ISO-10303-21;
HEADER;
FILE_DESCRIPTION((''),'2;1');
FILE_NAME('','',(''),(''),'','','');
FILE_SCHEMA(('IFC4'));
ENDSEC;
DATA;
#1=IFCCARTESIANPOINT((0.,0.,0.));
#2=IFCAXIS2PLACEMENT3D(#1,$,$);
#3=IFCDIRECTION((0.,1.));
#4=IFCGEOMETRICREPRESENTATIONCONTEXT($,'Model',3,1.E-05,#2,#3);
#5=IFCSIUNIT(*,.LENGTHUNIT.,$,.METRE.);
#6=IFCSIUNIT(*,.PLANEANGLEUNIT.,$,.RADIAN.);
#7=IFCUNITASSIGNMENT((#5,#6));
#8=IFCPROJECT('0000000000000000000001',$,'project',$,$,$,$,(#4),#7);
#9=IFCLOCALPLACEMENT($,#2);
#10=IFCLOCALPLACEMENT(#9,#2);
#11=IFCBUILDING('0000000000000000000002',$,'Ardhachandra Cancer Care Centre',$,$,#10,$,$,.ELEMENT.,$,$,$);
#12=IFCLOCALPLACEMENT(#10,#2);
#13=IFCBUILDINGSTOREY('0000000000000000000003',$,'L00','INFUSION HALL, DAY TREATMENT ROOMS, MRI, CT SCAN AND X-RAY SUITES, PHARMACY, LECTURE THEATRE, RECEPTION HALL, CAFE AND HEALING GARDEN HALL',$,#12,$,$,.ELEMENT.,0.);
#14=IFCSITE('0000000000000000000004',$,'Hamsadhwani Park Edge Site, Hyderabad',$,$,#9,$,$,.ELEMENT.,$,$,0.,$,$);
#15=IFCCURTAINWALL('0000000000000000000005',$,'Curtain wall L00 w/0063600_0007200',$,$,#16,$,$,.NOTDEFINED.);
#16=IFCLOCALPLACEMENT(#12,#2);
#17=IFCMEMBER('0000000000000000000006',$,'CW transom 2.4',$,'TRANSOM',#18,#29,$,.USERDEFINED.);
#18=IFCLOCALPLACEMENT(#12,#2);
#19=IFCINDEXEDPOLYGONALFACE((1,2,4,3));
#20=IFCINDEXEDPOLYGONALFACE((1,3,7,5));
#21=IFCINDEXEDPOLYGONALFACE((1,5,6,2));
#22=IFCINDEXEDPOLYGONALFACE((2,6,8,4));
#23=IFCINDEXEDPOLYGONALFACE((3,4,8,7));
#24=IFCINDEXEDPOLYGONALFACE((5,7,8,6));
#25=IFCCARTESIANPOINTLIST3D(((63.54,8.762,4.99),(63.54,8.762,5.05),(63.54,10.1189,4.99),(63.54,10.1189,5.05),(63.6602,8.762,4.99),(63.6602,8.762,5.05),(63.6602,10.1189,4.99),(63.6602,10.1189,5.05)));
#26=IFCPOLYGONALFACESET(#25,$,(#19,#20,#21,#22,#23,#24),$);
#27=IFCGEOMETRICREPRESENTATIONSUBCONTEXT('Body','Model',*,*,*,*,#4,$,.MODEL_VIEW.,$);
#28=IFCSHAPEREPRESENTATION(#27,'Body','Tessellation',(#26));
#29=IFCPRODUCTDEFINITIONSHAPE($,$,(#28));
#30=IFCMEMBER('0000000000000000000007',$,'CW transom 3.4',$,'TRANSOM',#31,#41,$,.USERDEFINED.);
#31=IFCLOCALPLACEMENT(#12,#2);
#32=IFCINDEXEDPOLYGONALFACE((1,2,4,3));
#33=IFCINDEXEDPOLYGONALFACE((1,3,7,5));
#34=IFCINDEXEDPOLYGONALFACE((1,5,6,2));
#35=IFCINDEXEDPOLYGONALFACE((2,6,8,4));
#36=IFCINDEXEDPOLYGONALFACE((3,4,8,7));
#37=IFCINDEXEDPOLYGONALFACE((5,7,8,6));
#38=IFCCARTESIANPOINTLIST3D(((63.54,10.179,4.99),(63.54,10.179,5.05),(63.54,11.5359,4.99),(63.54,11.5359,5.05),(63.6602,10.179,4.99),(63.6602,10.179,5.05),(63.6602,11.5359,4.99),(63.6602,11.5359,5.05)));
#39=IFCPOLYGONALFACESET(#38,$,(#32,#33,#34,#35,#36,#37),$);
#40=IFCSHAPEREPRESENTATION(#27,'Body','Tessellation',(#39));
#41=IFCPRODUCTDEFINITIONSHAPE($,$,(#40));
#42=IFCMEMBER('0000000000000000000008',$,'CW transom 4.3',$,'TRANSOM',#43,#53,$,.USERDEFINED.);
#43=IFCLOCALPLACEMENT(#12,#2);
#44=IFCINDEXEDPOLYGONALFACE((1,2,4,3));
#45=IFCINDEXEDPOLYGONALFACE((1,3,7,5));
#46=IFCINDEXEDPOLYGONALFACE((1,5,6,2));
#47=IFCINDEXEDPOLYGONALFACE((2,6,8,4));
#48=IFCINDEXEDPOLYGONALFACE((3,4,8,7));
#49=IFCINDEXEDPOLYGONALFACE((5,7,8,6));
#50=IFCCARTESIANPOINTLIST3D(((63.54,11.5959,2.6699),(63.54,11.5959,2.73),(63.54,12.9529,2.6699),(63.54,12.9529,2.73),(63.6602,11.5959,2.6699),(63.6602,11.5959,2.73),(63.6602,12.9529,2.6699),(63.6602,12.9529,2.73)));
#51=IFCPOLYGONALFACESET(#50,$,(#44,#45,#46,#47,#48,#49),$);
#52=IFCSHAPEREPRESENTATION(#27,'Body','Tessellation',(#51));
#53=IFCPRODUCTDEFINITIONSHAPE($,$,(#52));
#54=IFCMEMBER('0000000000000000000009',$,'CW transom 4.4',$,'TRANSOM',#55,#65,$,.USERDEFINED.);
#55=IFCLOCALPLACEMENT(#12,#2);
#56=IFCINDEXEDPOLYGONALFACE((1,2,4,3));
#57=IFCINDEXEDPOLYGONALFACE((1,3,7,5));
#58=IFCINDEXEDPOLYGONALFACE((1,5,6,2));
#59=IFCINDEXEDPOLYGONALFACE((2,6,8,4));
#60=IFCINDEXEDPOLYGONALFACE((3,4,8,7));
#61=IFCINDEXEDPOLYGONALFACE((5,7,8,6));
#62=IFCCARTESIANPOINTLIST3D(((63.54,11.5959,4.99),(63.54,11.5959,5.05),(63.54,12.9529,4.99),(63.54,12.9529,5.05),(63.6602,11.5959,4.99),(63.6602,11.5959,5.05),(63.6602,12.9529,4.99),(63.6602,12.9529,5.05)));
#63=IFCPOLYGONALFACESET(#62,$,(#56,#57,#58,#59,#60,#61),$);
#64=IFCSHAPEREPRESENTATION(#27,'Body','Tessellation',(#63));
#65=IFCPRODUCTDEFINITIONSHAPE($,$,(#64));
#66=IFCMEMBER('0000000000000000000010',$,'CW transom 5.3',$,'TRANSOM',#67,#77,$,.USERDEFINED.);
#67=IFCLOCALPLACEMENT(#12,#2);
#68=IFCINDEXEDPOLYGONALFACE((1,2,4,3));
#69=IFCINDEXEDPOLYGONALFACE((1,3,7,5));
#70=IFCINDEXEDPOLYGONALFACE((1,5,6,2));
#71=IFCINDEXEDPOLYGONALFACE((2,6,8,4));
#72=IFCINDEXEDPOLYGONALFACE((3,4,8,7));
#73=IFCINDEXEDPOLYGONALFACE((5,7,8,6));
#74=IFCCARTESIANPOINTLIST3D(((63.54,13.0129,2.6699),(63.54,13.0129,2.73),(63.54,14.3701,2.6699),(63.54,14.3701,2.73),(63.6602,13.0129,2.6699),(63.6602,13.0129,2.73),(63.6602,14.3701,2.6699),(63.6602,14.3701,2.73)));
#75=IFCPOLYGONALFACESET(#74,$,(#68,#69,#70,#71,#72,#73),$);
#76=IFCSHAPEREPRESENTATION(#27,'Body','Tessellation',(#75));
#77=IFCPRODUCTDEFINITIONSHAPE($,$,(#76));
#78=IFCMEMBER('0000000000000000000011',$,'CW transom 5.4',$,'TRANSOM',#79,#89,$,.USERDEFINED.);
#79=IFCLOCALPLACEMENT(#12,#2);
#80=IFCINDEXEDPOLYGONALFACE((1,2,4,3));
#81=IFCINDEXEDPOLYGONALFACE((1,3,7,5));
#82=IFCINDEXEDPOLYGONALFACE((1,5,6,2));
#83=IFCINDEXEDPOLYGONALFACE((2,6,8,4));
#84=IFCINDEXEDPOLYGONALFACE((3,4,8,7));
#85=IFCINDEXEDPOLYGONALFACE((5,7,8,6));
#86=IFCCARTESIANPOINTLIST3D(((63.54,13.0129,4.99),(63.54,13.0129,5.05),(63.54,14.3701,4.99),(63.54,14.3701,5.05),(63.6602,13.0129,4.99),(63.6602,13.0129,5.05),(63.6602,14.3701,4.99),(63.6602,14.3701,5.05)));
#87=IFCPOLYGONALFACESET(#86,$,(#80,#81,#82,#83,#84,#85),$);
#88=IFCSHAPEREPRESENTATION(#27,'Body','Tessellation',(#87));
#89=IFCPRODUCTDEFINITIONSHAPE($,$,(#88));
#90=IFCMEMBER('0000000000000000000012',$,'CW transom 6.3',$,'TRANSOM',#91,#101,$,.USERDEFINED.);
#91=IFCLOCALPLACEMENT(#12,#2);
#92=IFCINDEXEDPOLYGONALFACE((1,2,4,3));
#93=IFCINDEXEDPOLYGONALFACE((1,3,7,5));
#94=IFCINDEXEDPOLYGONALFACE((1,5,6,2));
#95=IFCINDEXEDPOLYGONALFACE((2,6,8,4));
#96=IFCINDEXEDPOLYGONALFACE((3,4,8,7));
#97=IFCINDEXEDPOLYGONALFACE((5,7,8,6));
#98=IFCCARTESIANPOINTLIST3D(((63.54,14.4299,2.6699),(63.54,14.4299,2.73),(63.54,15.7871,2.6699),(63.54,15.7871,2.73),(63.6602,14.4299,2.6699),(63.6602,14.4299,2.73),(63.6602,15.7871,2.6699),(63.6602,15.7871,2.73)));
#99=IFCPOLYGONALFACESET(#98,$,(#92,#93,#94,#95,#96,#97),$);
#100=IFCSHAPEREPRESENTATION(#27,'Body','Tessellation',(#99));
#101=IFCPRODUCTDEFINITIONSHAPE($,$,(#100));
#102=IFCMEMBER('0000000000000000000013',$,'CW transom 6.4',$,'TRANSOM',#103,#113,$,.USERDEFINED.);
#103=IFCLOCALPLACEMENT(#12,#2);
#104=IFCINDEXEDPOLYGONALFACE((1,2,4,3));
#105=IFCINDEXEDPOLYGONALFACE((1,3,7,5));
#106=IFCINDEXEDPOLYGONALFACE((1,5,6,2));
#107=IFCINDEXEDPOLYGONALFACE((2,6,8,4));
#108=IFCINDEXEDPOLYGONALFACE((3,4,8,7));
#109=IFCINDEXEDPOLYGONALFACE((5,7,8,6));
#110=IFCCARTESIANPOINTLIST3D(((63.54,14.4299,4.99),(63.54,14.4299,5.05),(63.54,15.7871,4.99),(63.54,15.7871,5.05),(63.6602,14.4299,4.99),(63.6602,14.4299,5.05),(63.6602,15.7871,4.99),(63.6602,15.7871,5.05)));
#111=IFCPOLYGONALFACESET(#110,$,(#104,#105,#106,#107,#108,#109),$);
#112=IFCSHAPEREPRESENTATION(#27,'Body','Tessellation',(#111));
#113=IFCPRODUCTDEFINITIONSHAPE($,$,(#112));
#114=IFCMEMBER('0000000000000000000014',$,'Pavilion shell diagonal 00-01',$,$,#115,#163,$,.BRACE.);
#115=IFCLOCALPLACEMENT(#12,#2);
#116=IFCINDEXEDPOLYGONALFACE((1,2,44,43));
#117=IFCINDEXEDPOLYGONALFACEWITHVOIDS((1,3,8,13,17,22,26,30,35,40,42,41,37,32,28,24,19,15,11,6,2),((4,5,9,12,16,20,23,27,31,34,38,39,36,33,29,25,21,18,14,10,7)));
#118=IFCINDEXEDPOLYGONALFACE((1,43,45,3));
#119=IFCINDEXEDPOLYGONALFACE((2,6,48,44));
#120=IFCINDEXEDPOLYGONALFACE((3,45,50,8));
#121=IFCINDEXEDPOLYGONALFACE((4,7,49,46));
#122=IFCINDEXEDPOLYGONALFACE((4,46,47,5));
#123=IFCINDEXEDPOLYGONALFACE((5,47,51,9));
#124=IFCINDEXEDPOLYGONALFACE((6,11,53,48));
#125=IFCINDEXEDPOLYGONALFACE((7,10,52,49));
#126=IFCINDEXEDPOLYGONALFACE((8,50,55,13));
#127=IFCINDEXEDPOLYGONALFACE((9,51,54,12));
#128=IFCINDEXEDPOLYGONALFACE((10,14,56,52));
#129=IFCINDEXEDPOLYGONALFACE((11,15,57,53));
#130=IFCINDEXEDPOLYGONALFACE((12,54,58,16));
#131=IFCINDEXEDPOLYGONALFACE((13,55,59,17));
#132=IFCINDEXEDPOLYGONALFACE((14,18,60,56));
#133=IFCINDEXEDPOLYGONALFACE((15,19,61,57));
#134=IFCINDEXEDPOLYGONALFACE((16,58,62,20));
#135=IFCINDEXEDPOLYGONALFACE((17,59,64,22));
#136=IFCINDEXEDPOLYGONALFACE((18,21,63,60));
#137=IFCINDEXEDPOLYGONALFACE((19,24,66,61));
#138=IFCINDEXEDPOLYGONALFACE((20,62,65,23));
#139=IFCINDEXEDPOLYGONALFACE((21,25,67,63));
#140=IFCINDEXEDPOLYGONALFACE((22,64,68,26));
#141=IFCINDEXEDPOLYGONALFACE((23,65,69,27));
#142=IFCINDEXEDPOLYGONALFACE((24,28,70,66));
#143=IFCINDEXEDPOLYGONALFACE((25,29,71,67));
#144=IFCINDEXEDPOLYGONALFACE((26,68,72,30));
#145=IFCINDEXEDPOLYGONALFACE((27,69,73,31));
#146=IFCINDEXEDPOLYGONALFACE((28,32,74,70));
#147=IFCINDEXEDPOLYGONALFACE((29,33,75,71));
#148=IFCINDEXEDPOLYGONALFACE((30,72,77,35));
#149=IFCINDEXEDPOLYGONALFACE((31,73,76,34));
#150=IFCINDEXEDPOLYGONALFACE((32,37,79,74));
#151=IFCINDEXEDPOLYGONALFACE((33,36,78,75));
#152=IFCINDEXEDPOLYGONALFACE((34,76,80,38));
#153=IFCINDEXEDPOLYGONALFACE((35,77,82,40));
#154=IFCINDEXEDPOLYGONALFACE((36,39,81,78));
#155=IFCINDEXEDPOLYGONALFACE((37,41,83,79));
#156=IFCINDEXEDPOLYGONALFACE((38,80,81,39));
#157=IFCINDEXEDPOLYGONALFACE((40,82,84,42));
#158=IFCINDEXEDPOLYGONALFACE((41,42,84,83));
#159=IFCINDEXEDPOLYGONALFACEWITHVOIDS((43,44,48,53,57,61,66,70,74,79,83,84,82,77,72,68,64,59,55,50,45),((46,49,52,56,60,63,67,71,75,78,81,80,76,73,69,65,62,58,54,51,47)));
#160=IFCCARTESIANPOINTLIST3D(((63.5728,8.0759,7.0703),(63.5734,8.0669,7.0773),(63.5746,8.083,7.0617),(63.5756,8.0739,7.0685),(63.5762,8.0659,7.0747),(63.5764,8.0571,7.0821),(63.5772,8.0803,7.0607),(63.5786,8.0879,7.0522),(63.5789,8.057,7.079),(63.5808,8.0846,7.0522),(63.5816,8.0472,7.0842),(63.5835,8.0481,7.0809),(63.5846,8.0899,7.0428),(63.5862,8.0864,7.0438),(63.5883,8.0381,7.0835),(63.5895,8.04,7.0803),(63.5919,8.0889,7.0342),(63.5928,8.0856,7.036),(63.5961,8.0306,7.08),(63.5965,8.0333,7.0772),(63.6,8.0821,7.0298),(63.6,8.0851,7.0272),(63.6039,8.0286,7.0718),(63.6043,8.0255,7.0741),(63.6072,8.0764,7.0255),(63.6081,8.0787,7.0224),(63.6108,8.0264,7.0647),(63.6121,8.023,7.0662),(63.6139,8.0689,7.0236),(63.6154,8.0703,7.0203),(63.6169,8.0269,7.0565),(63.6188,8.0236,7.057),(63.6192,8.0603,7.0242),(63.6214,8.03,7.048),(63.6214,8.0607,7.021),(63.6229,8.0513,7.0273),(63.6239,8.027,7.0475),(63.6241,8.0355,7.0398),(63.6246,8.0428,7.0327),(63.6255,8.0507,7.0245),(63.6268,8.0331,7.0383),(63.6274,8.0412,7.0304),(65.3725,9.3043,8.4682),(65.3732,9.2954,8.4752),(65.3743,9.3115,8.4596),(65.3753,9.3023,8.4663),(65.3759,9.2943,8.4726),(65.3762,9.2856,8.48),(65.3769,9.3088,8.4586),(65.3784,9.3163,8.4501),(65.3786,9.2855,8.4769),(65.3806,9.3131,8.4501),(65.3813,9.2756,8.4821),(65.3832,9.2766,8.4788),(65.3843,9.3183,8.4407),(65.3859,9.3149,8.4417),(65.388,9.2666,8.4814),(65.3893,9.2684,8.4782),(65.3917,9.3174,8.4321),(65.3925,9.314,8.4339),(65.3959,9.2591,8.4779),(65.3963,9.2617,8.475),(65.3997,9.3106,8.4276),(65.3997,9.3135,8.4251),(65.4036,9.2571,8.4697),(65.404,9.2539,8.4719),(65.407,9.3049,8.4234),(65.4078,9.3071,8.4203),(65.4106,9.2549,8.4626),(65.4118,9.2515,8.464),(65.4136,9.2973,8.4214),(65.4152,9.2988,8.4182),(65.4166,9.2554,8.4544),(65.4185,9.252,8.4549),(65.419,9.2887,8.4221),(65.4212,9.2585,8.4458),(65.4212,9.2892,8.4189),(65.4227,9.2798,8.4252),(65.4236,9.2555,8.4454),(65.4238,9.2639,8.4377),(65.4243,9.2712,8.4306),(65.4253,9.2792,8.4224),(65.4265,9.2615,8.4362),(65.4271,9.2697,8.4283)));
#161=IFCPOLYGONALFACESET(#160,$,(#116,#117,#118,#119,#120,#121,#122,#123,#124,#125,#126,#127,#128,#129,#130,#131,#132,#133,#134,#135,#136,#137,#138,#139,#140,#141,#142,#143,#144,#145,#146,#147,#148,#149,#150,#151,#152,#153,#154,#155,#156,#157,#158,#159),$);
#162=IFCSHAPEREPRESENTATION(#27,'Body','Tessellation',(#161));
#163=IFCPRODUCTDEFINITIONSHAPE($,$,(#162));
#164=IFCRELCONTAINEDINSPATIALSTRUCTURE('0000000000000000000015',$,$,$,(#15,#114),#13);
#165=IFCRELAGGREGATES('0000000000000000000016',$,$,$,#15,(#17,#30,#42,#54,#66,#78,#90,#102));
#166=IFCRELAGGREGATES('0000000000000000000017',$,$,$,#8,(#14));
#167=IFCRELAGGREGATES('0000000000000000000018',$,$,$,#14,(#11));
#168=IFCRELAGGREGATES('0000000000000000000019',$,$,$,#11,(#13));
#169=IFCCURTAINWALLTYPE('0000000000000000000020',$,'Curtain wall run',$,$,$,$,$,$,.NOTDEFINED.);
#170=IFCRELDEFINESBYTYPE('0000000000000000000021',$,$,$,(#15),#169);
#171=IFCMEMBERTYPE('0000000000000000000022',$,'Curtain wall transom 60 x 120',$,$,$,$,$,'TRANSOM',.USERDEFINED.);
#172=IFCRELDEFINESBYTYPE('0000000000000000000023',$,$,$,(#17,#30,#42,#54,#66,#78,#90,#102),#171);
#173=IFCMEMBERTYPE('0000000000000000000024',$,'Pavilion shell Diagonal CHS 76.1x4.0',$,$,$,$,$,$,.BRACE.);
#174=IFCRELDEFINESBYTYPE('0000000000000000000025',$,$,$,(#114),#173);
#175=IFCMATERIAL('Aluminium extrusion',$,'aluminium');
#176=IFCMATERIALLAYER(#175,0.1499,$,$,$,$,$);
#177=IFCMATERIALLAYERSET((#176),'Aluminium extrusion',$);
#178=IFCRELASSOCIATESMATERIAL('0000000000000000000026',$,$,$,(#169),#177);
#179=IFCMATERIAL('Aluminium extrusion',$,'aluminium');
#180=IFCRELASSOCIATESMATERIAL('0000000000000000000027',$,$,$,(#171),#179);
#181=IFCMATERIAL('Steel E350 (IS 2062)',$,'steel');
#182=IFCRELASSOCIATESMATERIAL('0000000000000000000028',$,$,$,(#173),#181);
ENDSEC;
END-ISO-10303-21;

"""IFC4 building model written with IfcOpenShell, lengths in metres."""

from ifc_helpers import new_model, si_unit, direction, frame, origin, origin_2d, place, context, subcontext, project, spatial, rectangle, hollow_circle, extrude, material, layer, layer_set, material_profile, profile_set, type_object, element, aggregate, save


model = new_model("IFC4")

# Units and contexts
model_context = context("Model", 3, precision=1e-05, world=origin(), true_north=direction((0.0, 1.0)))
body_context = subcontext(model_context, "Body", "Model", "MODEL_VIEW")
ifc_project = project(units=[si_unit("LENGTHUNIT", "METRE"), si_unit("PLANEANGLEUNIT", "RADIAN")], contexts=[model_context])

# Site, building, storey
site_placement = place(None, origin())
site = spatial("IfcSite", under=ifc_project, at=site_placement, Name="Hamsadhwani Park Edge Site, Hyderabad", CompositionType="ELEMENT", RefElevation=0.0)
building_placement = place(site_placement, origin())
building = spatial("IfcBuilding", under=site, at=building_placement, Name="Ardhachandra Cancer Care Centre", CompositionType="ELEMENT")
storey_placement = place(building_placement, origin())
storey = spatial("IfcBuildingStorey", under=building, at=storey_placement, Name="L00", Description="INFUSION HALL, DAY TREATMENT ROOMS, MRI, CT SCAN AND X-RAY SUITES, PHARMACY, LECTURE THEATRE, RECEPTION HALL, CAFE AND HEALING GARDEN HALL", CompositionType="ELEMENT", Elevation=0.0)

# Curtain wall, members
ifc_material_1 = material(Name="Aluminium extrusion", Category="aluminium")
ifc_layer_1 = layer(ifc_material_1, 0.1499)
ifc_layer_set_1 = layer_set([ifc_layer_1], Name="Aluminium extrusion")
curtain_wall_type = type_object("IfcCurtainWallType", Name="Curtain wall run", PredefinedType="NOTDEFINED", material=ifc_layer_set_1)
curtain_wall_placement = place(storey_placement, origin())
curtain_wall = element("IfcCurtainWall", 1, at=curtain_wall_placement, inside=storey, type_object=curtain_wall_type, Name="Curtain wall L00 w/0063600_0007200", PredefinedType="NOTDEFINED")
ifc_material_2 = material(Name="Aluminium extrusion", Category="aluminium")
ifc_material_profile_1 = material_profile(ifc_material_2, rectangle(XDim=0.1201, YDim=0.0601, at=origin_2d()), Name="Curtain wall transom 60 x 120")
ifc_profile_set_1 = profile_set([ifc_material_profile_1], Name="Aluminium extrusion")
member_type_1 = type_object("IfcMemberType", Name="Curtain wall transom 60 x 120", ElementType="TRANSOM", PredefinedType="USERDEFINED", material=ifc_profile_set_1)
member_1_placement = place(storey_placement, frame((63.6001, 8.762, 5.02), z_axis=(0.0, 1.0, 0.0), x_axis=(-1.0, 0.0, 0.0)))
member_1 = element("IfcMember", 2, at=member_1_placement, type_object=member_type_1, Name="CW transom 2.4", ObjectType="TRANSOM", PredefinedType="USERDEFINED", context=body_context, shape_type="SweptSolid", body=[
    extrude(rectangle(XDim=0.1201, YDim=0.0601, at=origin_2d()), origin(), (0.0, 0.0, 1.0), 1.3569),
])
member_2_placement = place(storey_placement, frame((63.6001, 10.179, 5.02), z_axis=(0.0, 1.0, 0.0), x_axis=(-1.0, 0.0, 0.0)))
member_2 = element("IfcMember", 3, at=member_2_placement, type_object=member_type_1, Name="CW transom 3.4", ObjectType="TRANSOM", PredefinedType="USERDEFINED", context=body_context, shape_type="SweptSolid", body=[
    extrude(rectangle(XDim=0.1201, YDim=0.0601, at=origin_2d()), origin(), (0.0, 0.0, 1.0), 1.3569),
])
member_3_placement = place(storey_placement, frame((63.6001, 11.5959, 2.7), z_axis=(0.0, 1.0, 0.0), x_axis=(-1.0, 0.0, 0.0)))
member_3 = element("IfcMember", 4, at=member_3_placement, type_object=member_type_1, Name="CW transom 4.3", ObjectType="TRANSOM", PredefinedType="USERDEFINED", context=body_context, shape_type="SweptSolid", body=[
    extrude(rectangle(XDim=0.1201, YDim=0.0601, at=origin_2d()), origin(), (0.0, 0.0, 1.0), 1.3569),
])
member_4_placement = place(storey_placement, frame((63.6001, 11.5959, 5.02), z_axis=(0.0, 1.0, 0.0), x_axis=(-1.0, 0.0, 0.0)))
member_4 = element("IfcMember", 5, at=member_4_placement, type_object=member_type_1, Name="CW transom 4.4", ObjectType="TRANSOM", PredefinedType="USERDEFINED", context=body_context, shape_type="SweptSolid", body=[
    extrude(rectangle(XDim=0.1201, YDim=0.0601, at=origin_2d()), origin(), (0.0, 0.0, 1.0), 1.3569),
])
member_5_placement = place(storey_placement, frame((63.6001, 13.0129, 2.7), z_axis=(0.0, 1.0, 0.0), x_axis=(-1.0, 0.0, 0.0)))
member_5 = element("IfcMember", 6, at=member_5_placement, type_object=member_type_1, Name="CW transom 5.3", ObjectType="TRANSOM", PredefinedType="USERDEFINED", context=body_context, shape_type="SweptSolid", body=[
    extrude(rectangle(XDim=0.1201, YDim=0.0601, at=origin_2d()), origin(), (0.0, 0.0, 1.0), 1.3572),
])
member_6_placement = place(storey_placement, frame((63.6001, 13.0129, 5.02), z_axis=(0.0, 1.0, 0.0), x_axis=(-1.0, 0.0, 0.0)))
member_6 = element("IfcMember", 7, at=member_6_placement, type_object=member_type_1, Name="CW transom 5.4", ObjectType="TRANSOM", PredefinedType="USERDEFINED", context=body_context, shape_type="SweptSolid", body=[
    extrude(rectangle(XDim=0.1201, YDim=0.0601, at=origin_2d()), origin(), (0.0, 0.0, 1.0), 1.3572),
])
member_7_placement = place(storey_placement, frame((63.6001, 14.4299, 2.7), z_axis=(0.0, 1.0, 0.0), x_axis=(-1.0, 0.0, 0.0)))
member_7 = element("IfcMember", 8, at=member_7_placement, type_object=member_type_1, Name="CW transom 6.3", ObjectType="TRANSOM", PredefinedType="USERDEFINED", context=body_context, shape_type="SweptSolid", body=[
    extrude(rectangle(XDim=0.1201, YDim=0.0601, at=origin_2d()), origin(), (0.0, 0.0, 1.0), 1.3572),
])
member_8_placement = place(storey_placement, frame((63.6001, 14.4299, 5.02), z_axis=(0.0, 1.0, 0.0), x_axis=(-1.0, 0.0, 0.0)))
member_8 = element("IfcMember", 9, at=member_8_placement, type_object=member_type_1, Name="CW transom 6.4", ObjectType="TRANSOM", PredefinedType="USERDEFINED", context=body_context, shape_type="SweptSolid", body=[
    extrude(rectangle(XDim=0.1201, YDim=0.0601, at=origin_2d()), origin(), (0.0, 0.0, 1.0), 1.3572),
])

# Member
ifc_material_3 = material(Name="Steel E350 (IS 2062)", Category="steel")
ifc_material_profile_2 = material_profile(ifc_material_3, hollow_circle(Radius=0.0381, WallThickness=0.0039, at=origin_2d()), Name="CHS 76.1x4.0")
ifc_profile_set_2 = profile_set([ifc_material_profile_2], Name="Steel E350 (IS 2062)")
member_type_2 = type_object("IfcMemberType", Name="Pavilion shell Diagonal CHS 76.1x4.0", PredefinedType="BRACE", material=ifc_profile_set_2)
member_9_placement = place(storey_placement, frame((63.6001, 8.0564, 7.0522), z_axis=(0.695179, 0.474518, 0.539962), x_axis=(-0.563768, 0.825933, 0.0)))
element("IfcMember", 10, at=member_9_placement, inside=storey, type_object=member_type_2, Name="Pavilion shell diagonal 00-01", PredefinedType="BRACE", context=body_context, shape_type="SweptSolid", body=[
    extrude(hollow_circle(Radius=0.0381, WallThickness=0.0039, at=origin_2d()), origin(), (0.0, 0.0, 1.0), 2.5889),
])

aggregate(curtain_wall, [member_1, member_2, member_3, member_4, member_5, member_6, member_7, member_8])

save(model, "model.ifc")
